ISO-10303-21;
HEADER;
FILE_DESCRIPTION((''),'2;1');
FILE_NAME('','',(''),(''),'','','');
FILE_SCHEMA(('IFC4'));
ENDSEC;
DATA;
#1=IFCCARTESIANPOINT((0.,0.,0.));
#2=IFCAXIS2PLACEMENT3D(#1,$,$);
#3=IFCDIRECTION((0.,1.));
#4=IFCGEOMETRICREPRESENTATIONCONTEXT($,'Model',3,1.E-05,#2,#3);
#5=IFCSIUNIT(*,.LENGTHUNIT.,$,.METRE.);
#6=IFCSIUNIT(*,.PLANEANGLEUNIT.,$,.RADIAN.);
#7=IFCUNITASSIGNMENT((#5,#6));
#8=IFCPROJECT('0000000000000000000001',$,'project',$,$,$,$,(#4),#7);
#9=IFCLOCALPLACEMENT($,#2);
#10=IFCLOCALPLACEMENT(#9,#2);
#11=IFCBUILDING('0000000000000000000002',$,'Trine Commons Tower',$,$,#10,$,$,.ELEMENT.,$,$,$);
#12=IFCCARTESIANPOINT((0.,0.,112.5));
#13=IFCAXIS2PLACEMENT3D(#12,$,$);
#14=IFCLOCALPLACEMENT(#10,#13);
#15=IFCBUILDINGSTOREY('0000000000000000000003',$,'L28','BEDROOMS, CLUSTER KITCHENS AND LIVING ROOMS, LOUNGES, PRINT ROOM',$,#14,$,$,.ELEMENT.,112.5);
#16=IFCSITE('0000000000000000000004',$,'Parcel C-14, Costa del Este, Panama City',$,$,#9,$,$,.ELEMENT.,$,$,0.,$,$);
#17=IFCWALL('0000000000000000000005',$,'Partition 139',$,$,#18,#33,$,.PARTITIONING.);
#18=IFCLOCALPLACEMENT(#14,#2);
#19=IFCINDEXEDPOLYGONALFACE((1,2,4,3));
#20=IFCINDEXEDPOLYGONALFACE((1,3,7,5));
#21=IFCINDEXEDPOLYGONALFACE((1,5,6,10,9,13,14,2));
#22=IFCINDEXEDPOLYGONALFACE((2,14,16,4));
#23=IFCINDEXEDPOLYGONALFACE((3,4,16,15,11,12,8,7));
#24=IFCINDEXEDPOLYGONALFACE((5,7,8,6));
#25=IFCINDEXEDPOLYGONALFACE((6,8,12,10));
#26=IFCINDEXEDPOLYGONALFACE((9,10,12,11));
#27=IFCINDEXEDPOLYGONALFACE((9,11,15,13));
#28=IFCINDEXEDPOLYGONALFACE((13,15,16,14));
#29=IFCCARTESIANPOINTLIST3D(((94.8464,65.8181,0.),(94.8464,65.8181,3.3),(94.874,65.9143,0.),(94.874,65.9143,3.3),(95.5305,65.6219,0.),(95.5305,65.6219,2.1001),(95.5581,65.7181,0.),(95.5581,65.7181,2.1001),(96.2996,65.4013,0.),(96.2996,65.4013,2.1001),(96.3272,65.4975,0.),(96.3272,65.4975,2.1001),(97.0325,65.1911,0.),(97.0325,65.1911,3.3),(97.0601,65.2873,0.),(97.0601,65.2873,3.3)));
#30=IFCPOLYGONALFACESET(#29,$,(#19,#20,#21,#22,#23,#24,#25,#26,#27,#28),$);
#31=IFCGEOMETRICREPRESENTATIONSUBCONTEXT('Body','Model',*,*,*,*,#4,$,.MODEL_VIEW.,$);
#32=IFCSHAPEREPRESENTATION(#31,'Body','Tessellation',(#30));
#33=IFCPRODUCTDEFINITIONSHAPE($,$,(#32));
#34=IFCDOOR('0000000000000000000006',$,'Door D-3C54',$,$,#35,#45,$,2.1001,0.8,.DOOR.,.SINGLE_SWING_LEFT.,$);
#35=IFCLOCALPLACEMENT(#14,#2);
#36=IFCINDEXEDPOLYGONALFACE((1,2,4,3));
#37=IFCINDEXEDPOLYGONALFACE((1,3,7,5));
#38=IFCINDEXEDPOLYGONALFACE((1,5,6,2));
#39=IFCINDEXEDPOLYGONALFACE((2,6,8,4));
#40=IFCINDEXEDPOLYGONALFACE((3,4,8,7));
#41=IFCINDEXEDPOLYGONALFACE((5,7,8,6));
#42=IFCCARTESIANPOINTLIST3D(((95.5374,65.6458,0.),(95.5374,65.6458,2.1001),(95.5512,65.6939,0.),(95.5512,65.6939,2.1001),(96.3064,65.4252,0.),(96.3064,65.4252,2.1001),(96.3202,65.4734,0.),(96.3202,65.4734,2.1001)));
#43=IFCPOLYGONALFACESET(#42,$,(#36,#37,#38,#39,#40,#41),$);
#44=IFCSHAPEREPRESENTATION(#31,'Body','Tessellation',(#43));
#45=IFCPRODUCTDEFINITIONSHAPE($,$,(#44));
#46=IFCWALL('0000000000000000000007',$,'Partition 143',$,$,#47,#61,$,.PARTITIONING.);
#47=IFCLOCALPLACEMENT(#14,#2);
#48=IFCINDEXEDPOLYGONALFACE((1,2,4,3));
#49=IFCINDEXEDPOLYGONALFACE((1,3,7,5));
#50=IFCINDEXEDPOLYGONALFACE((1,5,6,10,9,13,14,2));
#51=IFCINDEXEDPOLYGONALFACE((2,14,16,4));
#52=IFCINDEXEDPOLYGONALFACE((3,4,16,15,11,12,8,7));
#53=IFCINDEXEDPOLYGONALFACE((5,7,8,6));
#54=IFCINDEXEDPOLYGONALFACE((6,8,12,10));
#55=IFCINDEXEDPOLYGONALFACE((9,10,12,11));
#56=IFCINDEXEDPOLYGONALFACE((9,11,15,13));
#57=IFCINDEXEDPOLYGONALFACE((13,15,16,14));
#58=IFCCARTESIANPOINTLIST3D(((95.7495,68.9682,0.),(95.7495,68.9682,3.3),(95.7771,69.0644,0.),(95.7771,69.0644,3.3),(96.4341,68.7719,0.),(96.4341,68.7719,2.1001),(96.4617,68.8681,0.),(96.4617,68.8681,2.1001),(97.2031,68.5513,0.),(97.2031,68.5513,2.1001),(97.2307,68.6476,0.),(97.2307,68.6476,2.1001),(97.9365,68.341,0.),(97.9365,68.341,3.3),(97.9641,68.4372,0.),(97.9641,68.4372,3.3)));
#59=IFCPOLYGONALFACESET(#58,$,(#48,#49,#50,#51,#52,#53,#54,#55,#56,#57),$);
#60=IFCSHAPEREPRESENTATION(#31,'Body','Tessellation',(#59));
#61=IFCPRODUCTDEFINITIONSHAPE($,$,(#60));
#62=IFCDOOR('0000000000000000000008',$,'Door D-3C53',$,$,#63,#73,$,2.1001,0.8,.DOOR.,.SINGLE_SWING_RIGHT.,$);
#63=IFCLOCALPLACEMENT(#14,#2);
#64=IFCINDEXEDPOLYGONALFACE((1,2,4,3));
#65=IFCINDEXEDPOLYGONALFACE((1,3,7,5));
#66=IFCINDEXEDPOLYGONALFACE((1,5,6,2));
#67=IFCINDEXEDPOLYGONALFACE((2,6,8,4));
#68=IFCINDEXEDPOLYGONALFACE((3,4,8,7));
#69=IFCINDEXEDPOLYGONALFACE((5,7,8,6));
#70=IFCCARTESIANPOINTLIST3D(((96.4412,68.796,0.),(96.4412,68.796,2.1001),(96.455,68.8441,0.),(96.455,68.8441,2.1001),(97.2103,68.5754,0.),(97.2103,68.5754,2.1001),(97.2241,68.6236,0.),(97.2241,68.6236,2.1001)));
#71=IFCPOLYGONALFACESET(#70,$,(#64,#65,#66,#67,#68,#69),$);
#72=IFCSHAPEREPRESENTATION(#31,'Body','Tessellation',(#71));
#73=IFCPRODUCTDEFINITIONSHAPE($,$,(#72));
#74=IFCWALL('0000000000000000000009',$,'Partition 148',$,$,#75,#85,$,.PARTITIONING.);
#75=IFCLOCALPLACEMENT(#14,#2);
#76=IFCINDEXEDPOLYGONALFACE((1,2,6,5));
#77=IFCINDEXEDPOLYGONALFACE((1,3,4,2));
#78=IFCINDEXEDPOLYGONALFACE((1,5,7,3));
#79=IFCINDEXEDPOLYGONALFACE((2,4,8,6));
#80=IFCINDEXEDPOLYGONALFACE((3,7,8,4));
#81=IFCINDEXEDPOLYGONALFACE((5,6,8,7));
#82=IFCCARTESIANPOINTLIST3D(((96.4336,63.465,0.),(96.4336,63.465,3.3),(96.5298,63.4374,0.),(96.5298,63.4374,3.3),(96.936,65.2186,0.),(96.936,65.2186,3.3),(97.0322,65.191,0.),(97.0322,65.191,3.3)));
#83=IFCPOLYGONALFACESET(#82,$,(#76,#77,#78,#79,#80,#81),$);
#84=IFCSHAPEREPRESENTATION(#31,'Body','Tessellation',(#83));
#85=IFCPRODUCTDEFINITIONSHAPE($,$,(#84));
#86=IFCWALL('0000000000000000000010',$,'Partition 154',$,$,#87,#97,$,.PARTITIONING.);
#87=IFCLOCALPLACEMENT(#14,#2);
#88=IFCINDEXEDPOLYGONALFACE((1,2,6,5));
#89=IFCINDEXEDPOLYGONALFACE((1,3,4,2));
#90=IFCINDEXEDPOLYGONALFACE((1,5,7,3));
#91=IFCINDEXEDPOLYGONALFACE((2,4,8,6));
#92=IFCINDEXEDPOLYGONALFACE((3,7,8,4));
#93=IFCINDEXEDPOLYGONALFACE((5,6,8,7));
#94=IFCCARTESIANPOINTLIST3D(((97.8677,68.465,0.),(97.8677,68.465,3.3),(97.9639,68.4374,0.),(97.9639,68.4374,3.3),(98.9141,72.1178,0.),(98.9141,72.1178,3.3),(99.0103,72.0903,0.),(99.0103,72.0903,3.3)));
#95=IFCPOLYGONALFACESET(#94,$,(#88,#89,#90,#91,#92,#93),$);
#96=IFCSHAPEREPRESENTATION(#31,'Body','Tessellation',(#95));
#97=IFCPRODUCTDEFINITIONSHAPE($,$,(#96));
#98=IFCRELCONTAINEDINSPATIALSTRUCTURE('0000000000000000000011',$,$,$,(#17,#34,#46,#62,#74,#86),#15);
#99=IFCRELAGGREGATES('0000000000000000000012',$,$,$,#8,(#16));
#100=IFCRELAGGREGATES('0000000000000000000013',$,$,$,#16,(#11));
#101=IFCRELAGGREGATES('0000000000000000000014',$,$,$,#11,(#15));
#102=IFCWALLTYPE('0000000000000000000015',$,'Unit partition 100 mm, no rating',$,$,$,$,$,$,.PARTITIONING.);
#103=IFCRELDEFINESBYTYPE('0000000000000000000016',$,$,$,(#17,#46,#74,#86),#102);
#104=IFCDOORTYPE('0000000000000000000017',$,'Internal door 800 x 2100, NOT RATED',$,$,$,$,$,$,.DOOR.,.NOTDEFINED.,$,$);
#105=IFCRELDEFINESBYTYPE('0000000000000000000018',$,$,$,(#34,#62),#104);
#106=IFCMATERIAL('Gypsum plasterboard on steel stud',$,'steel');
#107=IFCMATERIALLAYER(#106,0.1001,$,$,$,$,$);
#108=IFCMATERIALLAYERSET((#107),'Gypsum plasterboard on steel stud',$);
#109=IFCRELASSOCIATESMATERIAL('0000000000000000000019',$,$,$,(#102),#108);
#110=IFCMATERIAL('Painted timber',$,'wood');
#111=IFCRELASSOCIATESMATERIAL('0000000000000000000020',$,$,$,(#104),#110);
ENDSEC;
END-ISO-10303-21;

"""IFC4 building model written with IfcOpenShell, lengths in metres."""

from ifc_helpers import new_model, si_unit, direction, frame, frame_2d, origin, place, context, subcontext, project, spatial, rectangle, extrude, material, layer, layer_set, type_object, element, fill, save


model = new_model("IFC4")

# Units and contexts
model_context = context("Model", 3, precision=1e-05, world=origin(), true_north=direction((0.0, 1.0)))
body_context = subcontext(model_context, "Body", "Model", "MODEL_VIEW")
ifc_project = project(units=[si_unit("LENGTHUNIT", "METRE"), si_unit("PLANEANGLEUNIT", "RADIAN")], contexts=[model_context])

# Site, building, storey
site_placement = place(None, origin())
site = spatial("IfcSite", under=ifc_project, at=site_placement, Name="Parcel C-14, Costa del Este, Panama City", CompositionType="ELEMENT", RefElevation=0.0)
building_placement = place(site_placement, origin())
building = spatial("IfcBuilding", under=site, at=building_placement, Name="Trine Commons Tower", CompositionType="ELEMENT")
storey_placement = place(building_placement, frame((0.0, 0.0, 112.5)))
storey = spatial("IfcBuildingStorey", under=building, at=storey_placement, Name="L28", Description="BEDROOMS, CLUSTER KITCHENS AND LIVING ROOMS, LOUNGES, PRINT ROOM", CompositionType="ELEMENT", Elevation=112.5)

# Shared definitions
ifc_material_1 = material(Name="Gypsum plasterboard on steel stud", Category="steel")

# Walls, openings, doors
ifc_layer_1 = layer(ifc_material_1, 0.1001)
ifc_layer_set_1 = layer_set([ifc_layer_1], Name="Gypsum plasterboard on steel stud")
wall_type_1 = type_object("IfcWallType", Name="Unit partition 100 mm, no rating", PredefinedType="PARTITIONING", material=ifc_layer_set_1)
ifc_material_2 = material(Name="Painted timber", Category="wood")
door_type_1 = type_object("IfcDoorType", Name="Internal door 800 x 2100, NOT RATED", OperationType="NOTDEFINED", PredefinedType="DOOR", material=ifc_material_2)
wall_1_placement = place(storey_placement, frame((94.8601, 65.8662, 0.0), z_axis=(0.0, 0.0, 1.0), x_axis=(0.961248, -0.275685, 0.0)))
wall_1 = element("IfcWall", 1, at=wall_1_placement, inside=storey, type_object=wall_type_1, Name="Partition 139", PredefinedType="PARTITIONING", context=body_context, shape_type="SweptSolid", body=[
    extrude(rectangle(XDim=2.2742, YDim=0.1001, at=frame_2d((1.1372, 0.0))), origin(), (0.0, 0.0, 1.0), 3.3),
])
opening_1_placement = place(wall_1_placement, frame((0.7119, 0.0, 0.0)))
opening_1 = element("IfcOpeningElement", 2, at=opening_1_placement, cuts=wall_1, PredefinedType="OPENING", context=body_context, shape_type="SweptSolid", body=[
    extrude(rectangle(XDim=0.8, YDim=2.1001, at=frame_2d((0.3999, 1.05))), frame((0.0, 0.0601, 0.0), z_axis=(0.0, -1.0, 0.0), x_axis=(1.0, 0.0, 0.0)), (0.0, 0.0, 1.0), 0.1201),
])
door_1_placement = place(opening_1_placement, origin())
door_1 = element("IfcDoor", 3, at=door_1_placement, inside=storey, type_object=door_type_1, Name="Door D-3C54", OperationType="SINGLE_SWING_LEFT", OverallHeight=2.1001, OverallWidth=0.8, PredefinedType="DOOR", context=body_context, shape_type="SweptSolid", body=[
    extrude(rectangle(XDim=0.8, YDim=2.1001, at=frame_2d((0.3999, 1.05))), frame((0.0, 0.0249, 0.0), z_axis=(0.0, -1.0, 0.0), x_axis=(1.0, 0.0, 0.0)), (0.0, 0.0, 1.0), 0.05),
])
fill(opening_1, door_1)
wall_2_placement = place(storey_placement, frame((95.7632, 69.0164, 0.0), z_axis=(0.0, 0.0, 1.0), x_axis=(0.961252, -0.275671, 0.0)))
wall_2 = element("IfcWall", 4, at=wall_2_placement, inside=storey, type_object=wall_type_1, Name="Partition 143", PredefinedType="PARTITIONING", context=body_context, shape_type="SweptSolid", body=[
    extrude(rectangle(XDim=2.2751, YDim=0.1001, at=frame_2d((1.1377, 0.0))), origin(), (0.0, 0.0, 1.0), 3.3),
])
opening_2_placement = place(wall_2_placement, frame((0.7124, 0.0, 0.0)))
opening_2 = element("IfcOpeningElement", 5, at=opening_2_placement, cuts=wall_2, PredefinedType="OPENING", context=body_context, shape_type="SweptSolid", body=[
    extrude(rectangle(XDim=0.8, YDim=2.1001, at=frame_2d((0.3999, 1.05))), frame((0.0, 0.0601, 0.0), z_axis=(0.0, -1.0, 0.0), x_axis=(1.0, 0.0, 0.0)), (0.0, 0.0, 1.0), 0.1201),
])
door_2_placement = place(opening_2_placement, frame((0.8, 0.0, 0.0), z_axis=(0.0, 0.0, 1.0), x_axis=(-1.0, 0.0, 0.0)))
door_2 = element("IfcDoor", 6, at=door_2_placement, inside=storey, type_object=door_type_1, Name="Door D-3C53", OperationType="SINGLE_SWING_RIGHT", OverallHeight=2.1001, OverallWidth=0.8, PredefinedType="DOOR", context=body_context, shape_type="SweptSolid", body=[
    extrude(rectangle(XDim=0.8, YDim=2.1001, at=frame_2d((0.3999, 1.05))), frame((0.0, 0.0249, 0.0), z_axis=(0.0, -1.0, 0.0), x_axis=(1.0, 0.0, 0.0)), (0.0, 0.0, 1.0), 0.05),
])
fill(opening_2, door_2)

# Walls
wall_3_placement = place(storey_placement, frame((96.4817, 63.4512, 0.0), z_axis=(0.0, 0.0, 1.0), x_axis=(0.275428, 0.961322, 0.0)))
element("IfcWall", 7, at=wall_3_placement, inside=storey, type_object=wall_type_1, Name="Partition 148", PredefinedType="PARTITIONING", context=body_context, shape_type="SweptSolid", body=[
    extrude(rectangle(XDim=1.8242, YDim=0.1001, at=frame_2d((0.9121, 0.0))), origin(), (0.0, 0.0, 1.0), 3.3),
])
wall_4_placement = place(storey_placement, frame((97.9158, 68.4512, 0.0), z_axis=(0.0, 0.0, 1.0), x_axis=(0.275383, 0.961335, 0.0)))
element("IfcWall", 8, at=wall_4_placement, inside=storey, type_object=wall_type_1, Name="Partition 154", PredefinedType="PARTITIONING", context=body_context, shape_type="SweptSolid", body=[
    extrude(rectangle(XDim=3.7998, YDim=0.1001, at=frame_2d((1.8999, 0.0))), origin(), (0.0, 0.0, 1.0), 3.3),
])

save(model, "model.ifc")
